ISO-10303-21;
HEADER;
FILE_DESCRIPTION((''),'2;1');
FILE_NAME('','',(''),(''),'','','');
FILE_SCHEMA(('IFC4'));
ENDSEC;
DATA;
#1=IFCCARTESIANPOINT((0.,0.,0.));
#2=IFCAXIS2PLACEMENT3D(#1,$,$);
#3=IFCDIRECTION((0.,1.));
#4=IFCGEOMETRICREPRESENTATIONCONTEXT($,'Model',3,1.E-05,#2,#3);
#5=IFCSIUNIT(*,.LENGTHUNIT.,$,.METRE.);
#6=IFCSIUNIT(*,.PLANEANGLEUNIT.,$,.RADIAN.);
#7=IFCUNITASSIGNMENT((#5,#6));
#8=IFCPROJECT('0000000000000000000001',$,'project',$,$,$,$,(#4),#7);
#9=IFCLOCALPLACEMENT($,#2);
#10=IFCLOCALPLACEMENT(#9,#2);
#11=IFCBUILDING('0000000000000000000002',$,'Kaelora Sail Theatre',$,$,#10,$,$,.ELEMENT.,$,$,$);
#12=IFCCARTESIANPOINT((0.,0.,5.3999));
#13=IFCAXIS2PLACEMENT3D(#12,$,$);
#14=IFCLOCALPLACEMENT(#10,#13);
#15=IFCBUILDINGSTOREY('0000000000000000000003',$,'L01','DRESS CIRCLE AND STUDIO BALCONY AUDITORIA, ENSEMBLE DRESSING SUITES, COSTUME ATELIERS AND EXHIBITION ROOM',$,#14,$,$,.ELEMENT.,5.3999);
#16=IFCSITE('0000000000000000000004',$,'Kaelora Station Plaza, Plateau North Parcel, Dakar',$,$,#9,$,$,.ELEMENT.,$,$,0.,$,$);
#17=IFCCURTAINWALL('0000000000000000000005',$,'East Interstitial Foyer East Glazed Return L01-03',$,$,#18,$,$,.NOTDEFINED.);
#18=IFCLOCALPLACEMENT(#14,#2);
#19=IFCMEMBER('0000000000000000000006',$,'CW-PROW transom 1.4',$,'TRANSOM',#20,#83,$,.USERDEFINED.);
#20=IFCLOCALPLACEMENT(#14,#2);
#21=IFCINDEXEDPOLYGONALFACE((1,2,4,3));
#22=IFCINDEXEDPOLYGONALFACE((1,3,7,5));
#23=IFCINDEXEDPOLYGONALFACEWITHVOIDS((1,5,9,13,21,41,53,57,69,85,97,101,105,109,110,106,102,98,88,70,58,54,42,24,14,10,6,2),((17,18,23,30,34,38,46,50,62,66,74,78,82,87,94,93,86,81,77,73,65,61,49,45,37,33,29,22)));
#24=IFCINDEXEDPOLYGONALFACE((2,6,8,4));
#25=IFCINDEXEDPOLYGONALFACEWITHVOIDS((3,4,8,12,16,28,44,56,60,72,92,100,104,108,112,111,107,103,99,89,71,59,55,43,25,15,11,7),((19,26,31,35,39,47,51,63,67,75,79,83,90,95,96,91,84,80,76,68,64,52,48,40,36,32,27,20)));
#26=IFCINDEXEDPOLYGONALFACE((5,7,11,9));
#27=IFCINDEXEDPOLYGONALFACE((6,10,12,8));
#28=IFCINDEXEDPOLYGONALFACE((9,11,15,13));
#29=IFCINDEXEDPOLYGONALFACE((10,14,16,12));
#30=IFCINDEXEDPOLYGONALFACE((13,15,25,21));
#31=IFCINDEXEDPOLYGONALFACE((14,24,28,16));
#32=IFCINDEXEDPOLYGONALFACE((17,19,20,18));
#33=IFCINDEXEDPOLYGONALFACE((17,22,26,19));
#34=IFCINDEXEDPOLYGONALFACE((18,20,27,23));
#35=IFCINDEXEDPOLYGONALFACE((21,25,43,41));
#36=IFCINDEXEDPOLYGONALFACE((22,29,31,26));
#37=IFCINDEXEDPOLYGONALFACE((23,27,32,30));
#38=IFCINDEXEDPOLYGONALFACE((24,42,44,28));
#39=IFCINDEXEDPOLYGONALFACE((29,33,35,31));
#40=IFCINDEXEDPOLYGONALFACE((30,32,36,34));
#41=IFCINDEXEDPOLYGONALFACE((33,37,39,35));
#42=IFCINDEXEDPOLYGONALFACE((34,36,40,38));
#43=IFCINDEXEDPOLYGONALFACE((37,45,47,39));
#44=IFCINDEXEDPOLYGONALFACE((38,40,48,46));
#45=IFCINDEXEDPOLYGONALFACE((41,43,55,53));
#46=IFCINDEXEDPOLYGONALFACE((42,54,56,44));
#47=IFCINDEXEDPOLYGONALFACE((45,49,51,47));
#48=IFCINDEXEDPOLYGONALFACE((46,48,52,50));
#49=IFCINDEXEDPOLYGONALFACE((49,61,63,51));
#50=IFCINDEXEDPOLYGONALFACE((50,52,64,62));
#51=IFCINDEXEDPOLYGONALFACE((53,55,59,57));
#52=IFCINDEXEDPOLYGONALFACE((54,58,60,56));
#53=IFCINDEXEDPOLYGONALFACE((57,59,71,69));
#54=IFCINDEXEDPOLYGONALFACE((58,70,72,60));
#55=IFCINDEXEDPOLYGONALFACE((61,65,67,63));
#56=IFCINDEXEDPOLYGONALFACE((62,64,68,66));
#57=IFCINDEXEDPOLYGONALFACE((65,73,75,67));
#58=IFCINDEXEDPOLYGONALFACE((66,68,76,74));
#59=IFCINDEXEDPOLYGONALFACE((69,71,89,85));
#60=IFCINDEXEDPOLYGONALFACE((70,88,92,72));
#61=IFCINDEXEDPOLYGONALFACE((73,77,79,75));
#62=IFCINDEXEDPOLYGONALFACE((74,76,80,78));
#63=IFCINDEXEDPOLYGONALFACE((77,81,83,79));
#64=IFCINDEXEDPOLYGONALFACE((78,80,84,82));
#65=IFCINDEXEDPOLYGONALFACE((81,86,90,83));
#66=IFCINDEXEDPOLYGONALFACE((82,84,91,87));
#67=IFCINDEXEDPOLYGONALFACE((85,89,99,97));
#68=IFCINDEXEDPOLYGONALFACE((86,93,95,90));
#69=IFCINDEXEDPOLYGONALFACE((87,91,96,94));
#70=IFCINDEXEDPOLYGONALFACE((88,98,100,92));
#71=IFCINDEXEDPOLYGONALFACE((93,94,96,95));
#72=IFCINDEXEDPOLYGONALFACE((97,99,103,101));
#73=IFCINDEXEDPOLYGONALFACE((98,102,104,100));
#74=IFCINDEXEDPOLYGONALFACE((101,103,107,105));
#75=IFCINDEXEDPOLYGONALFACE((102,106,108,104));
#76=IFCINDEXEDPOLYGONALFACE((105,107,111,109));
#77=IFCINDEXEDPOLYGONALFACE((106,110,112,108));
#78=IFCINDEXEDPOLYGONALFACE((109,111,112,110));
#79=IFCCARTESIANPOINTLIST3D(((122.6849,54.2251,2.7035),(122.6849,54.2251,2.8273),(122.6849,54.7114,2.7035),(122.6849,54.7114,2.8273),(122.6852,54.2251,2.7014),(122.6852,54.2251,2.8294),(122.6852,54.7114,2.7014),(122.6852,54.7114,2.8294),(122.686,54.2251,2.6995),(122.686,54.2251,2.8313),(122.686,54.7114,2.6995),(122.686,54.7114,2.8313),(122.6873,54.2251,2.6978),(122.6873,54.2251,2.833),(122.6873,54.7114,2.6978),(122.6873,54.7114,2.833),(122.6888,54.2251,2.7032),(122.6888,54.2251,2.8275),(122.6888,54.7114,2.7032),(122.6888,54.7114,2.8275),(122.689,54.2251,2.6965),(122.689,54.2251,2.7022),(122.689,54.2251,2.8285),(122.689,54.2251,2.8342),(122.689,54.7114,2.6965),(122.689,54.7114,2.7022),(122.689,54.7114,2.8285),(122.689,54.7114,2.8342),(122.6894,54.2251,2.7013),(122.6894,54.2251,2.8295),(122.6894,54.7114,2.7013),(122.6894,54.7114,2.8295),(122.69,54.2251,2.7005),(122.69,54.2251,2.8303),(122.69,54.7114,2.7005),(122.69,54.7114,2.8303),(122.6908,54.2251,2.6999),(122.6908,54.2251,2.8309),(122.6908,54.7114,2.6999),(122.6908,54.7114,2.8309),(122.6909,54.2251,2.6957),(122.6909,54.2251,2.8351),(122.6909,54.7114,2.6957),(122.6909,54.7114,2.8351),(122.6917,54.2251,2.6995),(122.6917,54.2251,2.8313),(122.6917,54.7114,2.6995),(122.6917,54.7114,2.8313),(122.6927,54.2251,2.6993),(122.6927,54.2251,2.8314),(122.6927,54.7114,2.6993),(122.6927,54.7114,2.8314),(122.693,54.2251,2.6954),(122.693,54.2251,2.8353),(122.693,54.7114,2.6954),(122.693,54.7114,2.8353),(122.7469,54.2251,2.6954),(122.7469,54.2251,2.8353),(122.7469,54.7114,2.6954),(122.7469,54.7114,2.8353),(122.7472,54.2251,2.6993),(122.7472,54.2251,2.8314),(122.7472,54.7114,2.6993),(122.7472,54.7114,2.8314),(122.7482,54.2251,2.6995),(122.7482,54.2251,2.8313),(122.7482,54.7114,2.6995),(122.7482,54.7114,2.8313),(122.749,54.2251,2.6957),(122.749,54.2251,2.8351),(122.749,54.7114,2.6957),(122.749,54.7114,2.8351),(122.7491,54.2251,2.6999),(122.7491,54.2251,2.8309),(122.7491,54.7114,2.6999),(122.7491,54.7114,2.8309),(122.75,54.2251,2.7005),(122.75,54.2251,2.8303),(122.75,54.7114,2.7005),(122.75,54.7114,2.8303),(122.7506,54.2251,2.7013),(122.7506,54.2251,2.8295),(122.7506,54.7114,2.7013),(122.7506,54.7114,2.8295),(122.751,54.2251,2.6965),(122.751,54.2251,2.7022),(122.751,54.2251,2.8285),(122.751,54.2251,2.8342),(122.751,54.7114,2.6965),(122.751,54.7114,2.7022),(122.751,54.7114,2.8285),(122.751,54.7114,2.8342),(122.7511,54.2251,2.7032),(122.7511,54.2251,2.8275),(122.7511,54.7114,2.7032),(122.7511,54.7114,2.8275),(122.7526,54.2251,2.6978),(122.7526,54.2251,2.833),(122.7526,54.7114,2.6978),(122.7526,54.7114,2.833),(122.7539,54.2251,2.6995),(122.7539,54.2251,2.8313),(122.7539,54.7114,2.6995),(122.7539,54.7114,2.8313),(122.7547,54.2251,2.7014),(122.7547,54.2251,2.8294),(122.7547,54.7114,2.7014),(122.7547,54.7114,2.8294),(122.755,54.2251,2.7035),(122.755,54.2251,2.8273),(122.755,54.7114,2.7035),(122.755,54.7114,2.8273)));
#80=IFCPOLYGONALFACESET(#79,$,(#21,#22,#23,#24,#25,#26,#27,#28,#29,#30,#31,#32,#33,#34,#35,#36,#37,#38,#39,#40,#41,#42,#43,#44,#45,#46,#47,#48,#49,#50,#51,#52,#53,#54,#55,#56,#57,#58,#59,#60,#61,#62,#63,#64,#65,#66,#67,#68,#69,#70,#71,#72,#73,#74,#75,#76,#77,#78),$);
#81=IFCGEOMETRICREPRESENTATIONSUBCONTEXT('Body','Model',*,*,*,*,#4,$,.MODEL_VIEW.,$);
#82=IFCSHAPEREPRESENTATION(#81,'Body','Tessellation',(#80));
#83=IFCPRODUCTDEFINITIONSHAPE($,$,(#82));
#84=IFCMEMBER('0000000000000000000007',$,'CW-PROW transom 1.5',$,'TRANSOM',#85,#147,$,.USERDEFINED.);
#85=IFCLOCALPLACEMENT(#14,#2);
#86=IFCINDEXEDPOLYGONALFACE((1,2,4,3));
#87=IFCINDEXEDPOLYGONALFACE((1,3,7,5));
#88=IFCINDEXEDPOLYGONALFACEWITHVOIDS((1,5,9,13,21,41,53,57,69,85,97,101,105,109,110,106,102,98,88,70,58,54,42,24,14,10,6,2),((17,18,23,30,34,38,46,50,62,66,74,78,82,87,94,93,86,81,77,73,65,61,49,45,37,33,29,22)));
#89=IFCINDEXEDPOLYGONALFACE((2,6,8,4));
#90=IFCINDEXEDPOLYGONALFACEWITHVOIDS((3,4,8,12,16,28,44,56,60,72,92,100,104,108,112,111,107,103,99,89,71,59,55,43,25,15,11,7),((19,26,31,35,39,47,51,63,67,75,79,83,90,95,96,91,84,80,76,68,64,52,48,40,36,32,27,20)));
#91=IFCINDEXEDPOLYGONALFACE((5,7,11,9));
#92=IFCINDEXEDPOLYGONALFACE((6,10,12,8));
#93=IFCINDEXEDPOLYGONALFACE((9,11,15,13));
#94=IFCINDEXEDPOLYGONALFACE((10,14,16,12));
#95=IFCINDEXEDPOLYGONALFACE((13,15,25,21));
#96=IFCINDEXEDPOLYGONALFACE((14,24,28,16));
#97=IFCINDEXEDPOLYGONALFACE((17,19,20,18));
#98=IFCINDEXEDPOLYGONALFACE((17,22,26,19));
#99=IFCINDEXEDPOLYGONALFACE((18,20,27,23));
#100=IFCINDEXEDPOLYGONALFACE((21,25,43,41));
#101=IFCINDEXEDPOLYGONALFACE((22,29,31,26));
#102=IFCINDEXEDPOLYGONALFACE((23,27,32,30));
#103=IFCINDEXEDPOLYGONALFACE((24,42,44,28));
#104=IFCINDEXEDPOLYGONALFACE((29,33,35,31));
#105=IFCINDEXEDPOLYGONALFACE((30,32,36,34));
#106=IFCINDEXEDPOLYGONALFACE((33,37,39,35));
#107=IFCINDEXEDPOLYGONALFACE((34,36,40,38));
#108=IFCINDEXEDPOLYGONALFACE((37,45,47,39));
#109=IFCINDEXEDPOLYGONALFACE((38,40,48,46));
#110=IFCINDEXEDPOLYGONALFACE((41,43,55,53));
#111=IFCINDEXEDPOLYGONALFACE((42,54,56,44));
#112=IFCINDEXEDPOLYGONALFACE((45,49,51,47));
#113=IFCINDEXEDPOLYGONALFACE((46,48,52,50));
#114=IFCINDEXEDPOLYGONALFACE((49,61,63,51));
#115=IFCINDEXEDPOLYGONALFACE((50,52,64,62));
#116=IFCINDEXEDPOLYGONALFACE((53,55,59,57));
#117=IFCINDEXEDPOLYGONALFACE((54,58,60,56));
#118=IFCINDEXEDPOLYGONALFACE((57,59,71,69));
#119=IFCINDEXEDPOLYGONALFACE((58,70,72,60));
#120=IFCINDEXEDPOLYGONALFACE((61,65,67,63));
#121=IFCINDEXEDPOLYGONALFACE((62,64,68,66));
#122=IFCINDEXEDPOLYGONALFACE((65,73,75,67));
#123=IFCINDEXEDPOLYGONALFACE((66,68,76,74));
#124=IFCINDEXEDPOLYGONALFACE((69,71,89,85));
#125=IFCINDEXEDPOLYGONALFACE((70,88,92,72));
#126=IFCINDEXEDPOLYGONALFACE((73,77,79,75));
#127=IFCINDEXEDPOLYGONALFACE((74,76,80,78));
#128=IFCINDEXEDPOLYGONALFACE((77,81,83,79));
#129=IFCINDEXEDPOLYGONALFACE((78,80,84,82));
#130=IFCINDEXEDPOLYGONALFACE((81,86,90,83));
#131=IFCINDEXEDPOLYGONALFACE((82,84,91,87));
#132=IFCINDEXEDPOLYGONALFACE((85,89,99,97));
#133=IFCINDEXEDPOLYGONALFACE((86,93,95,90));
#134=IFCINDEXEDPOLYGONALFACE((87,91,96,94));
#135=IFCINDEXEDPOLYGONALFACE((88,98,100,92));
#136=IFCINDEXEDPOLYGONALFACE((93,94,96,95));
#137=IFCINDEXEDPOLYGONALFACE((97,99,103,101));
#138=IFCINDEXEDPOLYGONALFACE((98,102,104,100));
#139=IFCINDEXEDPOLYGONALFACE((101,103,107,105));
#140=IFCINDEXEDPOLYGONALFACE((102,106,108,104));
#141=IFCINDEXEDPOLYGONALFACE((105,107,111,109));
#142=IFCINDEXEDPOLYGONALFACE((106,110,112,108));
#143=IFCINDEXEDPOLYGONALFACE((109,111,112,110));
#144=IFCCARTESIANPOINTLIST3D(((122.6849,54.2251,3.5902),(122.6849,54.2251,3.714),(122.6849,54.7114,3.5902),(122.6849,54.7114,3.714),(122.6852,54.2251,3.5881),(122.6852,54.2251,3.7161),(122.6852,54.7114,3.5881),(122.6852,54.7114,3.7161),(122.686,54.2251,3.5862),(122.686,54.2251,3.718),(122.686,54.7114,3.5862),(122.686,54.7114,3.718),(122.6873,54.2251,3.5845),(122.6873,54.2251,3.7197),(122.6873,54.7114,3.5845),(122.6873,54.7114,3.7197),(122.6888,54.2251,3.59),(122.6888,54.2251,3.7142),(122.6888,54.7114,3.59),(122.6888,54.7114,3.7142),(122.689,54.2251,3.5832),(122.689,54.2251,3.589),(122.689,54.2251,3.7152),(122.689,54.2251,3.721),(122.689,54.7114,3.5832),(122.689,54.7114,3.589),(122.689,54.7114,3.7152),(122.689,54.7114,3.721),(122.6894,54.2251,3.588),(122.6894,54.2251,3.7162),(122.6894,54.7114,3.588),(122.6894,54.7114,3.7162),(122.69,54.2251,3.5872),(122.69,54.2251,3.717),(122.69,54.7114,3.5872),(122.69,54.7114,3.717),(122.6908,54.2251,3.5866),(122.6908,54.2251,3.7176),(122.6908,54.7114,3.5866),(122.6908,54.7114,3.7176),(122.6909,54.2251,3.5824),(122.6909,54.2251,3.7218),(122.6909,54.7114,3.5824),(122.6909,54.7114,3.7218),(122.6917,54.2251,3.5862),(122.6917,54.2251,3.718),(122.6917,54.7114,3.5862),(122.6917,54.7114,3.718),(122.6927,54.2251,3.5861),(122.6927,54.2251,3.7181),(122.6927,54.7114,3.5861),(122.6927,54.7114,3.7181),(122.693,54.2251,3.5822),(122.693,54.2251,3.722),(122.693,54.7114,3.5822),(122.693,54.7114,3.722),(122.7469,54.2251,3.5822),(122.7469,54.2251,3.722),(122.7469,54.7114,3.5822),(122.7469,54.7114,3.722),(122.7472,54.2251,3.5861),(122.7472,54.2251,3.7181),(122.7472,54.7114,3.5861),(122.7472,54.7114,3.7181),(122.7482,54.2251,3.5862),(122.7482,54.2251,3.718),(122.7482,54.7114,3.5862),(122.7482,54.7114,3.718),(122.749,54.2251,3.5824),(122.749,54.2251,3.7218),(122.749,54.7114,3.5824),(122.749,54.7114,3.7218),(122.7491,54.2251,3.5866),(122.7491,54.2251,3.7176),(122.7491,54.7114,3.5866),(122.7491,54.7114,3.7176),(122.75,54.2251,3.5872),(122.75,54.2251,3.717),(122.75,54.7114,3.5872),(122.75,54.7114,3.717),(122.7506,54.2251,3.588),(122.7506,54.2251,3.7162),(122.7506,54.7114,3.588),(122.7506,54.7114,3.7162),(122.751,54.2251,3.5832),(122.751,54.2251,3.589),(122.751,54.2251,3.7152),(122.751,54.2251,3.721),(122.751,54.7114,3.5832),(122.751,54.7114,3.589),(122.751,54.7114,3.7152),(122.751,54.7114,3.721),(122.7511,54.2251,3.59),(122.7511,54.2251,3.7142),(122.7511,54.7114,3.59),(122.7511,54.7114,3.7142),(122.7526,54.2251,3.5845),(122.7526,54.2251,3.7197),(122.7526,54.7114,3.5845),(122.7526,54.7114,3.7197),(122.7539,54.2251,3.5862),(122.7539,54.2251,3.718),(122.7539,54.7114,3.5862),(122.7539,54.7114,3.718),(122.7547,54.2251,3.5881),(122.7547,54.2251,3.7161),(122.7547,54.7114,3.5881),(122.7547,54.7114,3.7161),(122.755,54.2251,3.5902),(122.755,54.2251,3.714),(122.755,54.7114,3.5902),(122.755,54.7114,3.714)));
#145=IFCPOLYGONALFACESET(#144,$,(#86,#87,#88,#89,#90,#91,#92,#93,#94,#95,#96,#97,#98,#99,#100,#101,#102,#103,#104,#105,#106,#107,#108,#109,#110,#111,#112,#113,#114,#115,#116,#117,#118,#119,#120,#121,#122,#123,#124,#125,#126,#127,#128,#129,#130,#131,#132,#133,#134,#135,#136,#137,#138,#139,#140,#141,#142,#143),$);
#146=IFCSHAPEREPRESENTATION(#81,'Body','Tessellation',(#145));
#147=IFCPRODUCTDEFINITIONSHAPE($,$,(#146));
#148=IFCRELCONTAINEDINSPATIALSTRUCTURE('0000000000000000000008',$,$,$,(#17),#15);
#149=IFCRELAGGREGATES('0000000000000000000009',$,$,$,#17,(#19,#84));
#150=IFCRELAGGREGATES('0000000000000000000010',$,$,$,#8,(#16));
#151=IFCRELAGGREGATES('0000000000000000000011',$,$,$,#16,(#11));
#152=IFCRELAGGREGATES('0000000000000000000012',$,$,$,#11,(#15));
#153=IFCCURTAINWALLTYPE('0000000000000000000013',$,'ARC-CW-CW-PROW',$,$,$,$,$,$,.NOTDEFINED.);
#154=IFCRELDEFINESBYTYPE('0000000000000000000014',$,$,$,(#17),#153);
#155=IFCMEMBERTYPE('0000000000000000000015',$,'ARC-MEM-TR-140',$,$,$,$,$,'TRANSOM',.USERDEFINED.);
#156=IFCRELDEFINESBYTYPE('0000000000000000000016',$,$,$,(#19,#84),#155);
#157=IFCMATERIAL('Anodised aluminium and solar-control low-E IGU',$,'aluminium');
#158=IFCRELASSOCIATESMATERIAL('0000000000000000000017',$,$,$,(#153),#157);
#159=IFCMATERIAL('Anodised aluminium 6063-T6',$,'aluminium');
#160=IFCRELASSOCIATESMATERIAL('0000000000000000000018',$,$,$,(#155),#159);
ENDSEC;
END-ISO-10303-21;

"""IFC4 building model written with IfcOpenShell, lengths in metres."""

from ifc_helpers import new_model, si_unit, direction, frame, origin, origin_2d, place, context, subcontext, project, spatial, hollow_rectangle, extrude, material, material_profile, profile_set, type_object, element, aggregate, save


model = new_model("IFC4")

# Units and contexts
model_context = context("Model", 3, precision=1e-05, world=origin(), true_north=direction((0.0, 1.0)))
body_context = subcontext(model_context, "Body", "Model", "MODEL_VIEW")
ifc_project = project(units=[si_unit("LENGTHUNIT", "METRE"), si_unit("PLANEANGLEUNIT", "RADIAN")], contexts=[model_context])

# Site, building, storey
site_placement = place(None, origin())
site = spatial("IfcSite", under=ifc_project, at=site_placement, Name="Kaelora Station Plaza, Plateau North Parcel, Dakar", CompositionType="ELEMENT", RefElevation=0.0)
building_placement = place(site_placement, origin())
building = spatial("IfcBuilding", under=site, at=building_placement, Name="Kaelora Sail Theatre", CompositionType="ELEMENT")
storey_placement = place(building_placement, frame((0.0, 0.0, 5.3999)))
storey = spatial("IfcBuildingStorey", under=building, at=storey_placement, Name="L01", Description="DRESS CIRCLE AND STUDIO BALCONY AUDITORIA, ENSEMBLE DRESSING SUITES, COSTUME ATELIERS AND EXHIBITION ROOM", CompositionType="ELEMENT", Elevation=5.3999)

# Curtain wall, members
ifc_material_1 = material(Name="Anodised aluminium and solar-control low-E IGU", Category="aluminium")
curtain_wall_type = type_object("IfcCurtainWallType", Name="ARC-CW-CW-PROW", PredefinedType="NOTDEFINED", material=ifc_material_1)
curtain_wall_placement = place(storey_placement, origin())
curtain_wall = element("IfcCurtainWall", 1, at=curtain_wall_placement, inside=storey, type_object=curtain_wall_type, Name="East Interstitial Foyer East Glazed Return L01-03", PredefinedType="NOTDEFINED")
ifc_material_2 = material(Name="Anodised aluminium 6063-T6", Category="aluminium")
ifc_material_profile_1 = material_profile(ifc_material_2, hollow_rectangle(XDim=0.0701, YDim=0.1399, WallThickness=0.0039, InnerFilletRadius=0.0039, OuterFilletRadius=0.0081, at=origin_2d()), Name="ALU-TRAN 70x140x4")
ifc_profile_set_1 = profile_set([ifc_material_profile_1], Name="Anodised aluminium 6063-T6")
member_type_1 = type_object("IfcMemberType", Name="ARC-MEM-TR-140", ElementType="TRANSOM", PredefinedType="USERDEFINED", material=ifc_profile_set_1)
member_1_placement = place(storey_placement, frame((122.72, 54.2251, 2.7654), z_axis=(0.0, 1.0, 0.0), x_axis=(-1.0, 0.0, 0.0)))
member_1 = element("IfcMember", 2, at=member_1_placement, type_object=member_type_1, Name="CW-PROW transom 1.4", ObjectType="TRANSOM", PredefinedType="USERDEFINED", context=body_context, shape_type="SweptSolid", body=[
    extrude(hollow_rectangle(XDim=0.0701, YDim=0.1399, WallThickness=0.0039, InnerFilletRadius=0.0039, OuterFilletRadius=0.0081, at=origin_2d()), origin(), (0.0, 0.0, 1.0), 0.4863),
])
member_2_placement = place(storey_placement, frame((122.72, 54.2251, 3.6521), z_axis=(0.0, 1.0, 0.0), x_axis=(-1.0, 0.0, 0.0)))
member_2 = element("IfcMember", 3, at=member_2_placement, type_object=member_type_1, Name="CW-PROW transom 1.5", ObjectType="TRANSOM", PredefinedType="USERDEFINED", context=body_context, shape_type="SweptSolid", body=[
    extrude(hollow_rectangle(XDim=0.0701, YDim=0.1399, WallThickness=0.0039, InnerFilletRadius=0.0039, OuterFilletRadius=0.0081, at=origin_2d()), origin(), (0.0, 0.0, 1.0), 0.4863),
])
aggregate(curtain_wall, [member_1, member_2])

save(model, "model.ifc")
